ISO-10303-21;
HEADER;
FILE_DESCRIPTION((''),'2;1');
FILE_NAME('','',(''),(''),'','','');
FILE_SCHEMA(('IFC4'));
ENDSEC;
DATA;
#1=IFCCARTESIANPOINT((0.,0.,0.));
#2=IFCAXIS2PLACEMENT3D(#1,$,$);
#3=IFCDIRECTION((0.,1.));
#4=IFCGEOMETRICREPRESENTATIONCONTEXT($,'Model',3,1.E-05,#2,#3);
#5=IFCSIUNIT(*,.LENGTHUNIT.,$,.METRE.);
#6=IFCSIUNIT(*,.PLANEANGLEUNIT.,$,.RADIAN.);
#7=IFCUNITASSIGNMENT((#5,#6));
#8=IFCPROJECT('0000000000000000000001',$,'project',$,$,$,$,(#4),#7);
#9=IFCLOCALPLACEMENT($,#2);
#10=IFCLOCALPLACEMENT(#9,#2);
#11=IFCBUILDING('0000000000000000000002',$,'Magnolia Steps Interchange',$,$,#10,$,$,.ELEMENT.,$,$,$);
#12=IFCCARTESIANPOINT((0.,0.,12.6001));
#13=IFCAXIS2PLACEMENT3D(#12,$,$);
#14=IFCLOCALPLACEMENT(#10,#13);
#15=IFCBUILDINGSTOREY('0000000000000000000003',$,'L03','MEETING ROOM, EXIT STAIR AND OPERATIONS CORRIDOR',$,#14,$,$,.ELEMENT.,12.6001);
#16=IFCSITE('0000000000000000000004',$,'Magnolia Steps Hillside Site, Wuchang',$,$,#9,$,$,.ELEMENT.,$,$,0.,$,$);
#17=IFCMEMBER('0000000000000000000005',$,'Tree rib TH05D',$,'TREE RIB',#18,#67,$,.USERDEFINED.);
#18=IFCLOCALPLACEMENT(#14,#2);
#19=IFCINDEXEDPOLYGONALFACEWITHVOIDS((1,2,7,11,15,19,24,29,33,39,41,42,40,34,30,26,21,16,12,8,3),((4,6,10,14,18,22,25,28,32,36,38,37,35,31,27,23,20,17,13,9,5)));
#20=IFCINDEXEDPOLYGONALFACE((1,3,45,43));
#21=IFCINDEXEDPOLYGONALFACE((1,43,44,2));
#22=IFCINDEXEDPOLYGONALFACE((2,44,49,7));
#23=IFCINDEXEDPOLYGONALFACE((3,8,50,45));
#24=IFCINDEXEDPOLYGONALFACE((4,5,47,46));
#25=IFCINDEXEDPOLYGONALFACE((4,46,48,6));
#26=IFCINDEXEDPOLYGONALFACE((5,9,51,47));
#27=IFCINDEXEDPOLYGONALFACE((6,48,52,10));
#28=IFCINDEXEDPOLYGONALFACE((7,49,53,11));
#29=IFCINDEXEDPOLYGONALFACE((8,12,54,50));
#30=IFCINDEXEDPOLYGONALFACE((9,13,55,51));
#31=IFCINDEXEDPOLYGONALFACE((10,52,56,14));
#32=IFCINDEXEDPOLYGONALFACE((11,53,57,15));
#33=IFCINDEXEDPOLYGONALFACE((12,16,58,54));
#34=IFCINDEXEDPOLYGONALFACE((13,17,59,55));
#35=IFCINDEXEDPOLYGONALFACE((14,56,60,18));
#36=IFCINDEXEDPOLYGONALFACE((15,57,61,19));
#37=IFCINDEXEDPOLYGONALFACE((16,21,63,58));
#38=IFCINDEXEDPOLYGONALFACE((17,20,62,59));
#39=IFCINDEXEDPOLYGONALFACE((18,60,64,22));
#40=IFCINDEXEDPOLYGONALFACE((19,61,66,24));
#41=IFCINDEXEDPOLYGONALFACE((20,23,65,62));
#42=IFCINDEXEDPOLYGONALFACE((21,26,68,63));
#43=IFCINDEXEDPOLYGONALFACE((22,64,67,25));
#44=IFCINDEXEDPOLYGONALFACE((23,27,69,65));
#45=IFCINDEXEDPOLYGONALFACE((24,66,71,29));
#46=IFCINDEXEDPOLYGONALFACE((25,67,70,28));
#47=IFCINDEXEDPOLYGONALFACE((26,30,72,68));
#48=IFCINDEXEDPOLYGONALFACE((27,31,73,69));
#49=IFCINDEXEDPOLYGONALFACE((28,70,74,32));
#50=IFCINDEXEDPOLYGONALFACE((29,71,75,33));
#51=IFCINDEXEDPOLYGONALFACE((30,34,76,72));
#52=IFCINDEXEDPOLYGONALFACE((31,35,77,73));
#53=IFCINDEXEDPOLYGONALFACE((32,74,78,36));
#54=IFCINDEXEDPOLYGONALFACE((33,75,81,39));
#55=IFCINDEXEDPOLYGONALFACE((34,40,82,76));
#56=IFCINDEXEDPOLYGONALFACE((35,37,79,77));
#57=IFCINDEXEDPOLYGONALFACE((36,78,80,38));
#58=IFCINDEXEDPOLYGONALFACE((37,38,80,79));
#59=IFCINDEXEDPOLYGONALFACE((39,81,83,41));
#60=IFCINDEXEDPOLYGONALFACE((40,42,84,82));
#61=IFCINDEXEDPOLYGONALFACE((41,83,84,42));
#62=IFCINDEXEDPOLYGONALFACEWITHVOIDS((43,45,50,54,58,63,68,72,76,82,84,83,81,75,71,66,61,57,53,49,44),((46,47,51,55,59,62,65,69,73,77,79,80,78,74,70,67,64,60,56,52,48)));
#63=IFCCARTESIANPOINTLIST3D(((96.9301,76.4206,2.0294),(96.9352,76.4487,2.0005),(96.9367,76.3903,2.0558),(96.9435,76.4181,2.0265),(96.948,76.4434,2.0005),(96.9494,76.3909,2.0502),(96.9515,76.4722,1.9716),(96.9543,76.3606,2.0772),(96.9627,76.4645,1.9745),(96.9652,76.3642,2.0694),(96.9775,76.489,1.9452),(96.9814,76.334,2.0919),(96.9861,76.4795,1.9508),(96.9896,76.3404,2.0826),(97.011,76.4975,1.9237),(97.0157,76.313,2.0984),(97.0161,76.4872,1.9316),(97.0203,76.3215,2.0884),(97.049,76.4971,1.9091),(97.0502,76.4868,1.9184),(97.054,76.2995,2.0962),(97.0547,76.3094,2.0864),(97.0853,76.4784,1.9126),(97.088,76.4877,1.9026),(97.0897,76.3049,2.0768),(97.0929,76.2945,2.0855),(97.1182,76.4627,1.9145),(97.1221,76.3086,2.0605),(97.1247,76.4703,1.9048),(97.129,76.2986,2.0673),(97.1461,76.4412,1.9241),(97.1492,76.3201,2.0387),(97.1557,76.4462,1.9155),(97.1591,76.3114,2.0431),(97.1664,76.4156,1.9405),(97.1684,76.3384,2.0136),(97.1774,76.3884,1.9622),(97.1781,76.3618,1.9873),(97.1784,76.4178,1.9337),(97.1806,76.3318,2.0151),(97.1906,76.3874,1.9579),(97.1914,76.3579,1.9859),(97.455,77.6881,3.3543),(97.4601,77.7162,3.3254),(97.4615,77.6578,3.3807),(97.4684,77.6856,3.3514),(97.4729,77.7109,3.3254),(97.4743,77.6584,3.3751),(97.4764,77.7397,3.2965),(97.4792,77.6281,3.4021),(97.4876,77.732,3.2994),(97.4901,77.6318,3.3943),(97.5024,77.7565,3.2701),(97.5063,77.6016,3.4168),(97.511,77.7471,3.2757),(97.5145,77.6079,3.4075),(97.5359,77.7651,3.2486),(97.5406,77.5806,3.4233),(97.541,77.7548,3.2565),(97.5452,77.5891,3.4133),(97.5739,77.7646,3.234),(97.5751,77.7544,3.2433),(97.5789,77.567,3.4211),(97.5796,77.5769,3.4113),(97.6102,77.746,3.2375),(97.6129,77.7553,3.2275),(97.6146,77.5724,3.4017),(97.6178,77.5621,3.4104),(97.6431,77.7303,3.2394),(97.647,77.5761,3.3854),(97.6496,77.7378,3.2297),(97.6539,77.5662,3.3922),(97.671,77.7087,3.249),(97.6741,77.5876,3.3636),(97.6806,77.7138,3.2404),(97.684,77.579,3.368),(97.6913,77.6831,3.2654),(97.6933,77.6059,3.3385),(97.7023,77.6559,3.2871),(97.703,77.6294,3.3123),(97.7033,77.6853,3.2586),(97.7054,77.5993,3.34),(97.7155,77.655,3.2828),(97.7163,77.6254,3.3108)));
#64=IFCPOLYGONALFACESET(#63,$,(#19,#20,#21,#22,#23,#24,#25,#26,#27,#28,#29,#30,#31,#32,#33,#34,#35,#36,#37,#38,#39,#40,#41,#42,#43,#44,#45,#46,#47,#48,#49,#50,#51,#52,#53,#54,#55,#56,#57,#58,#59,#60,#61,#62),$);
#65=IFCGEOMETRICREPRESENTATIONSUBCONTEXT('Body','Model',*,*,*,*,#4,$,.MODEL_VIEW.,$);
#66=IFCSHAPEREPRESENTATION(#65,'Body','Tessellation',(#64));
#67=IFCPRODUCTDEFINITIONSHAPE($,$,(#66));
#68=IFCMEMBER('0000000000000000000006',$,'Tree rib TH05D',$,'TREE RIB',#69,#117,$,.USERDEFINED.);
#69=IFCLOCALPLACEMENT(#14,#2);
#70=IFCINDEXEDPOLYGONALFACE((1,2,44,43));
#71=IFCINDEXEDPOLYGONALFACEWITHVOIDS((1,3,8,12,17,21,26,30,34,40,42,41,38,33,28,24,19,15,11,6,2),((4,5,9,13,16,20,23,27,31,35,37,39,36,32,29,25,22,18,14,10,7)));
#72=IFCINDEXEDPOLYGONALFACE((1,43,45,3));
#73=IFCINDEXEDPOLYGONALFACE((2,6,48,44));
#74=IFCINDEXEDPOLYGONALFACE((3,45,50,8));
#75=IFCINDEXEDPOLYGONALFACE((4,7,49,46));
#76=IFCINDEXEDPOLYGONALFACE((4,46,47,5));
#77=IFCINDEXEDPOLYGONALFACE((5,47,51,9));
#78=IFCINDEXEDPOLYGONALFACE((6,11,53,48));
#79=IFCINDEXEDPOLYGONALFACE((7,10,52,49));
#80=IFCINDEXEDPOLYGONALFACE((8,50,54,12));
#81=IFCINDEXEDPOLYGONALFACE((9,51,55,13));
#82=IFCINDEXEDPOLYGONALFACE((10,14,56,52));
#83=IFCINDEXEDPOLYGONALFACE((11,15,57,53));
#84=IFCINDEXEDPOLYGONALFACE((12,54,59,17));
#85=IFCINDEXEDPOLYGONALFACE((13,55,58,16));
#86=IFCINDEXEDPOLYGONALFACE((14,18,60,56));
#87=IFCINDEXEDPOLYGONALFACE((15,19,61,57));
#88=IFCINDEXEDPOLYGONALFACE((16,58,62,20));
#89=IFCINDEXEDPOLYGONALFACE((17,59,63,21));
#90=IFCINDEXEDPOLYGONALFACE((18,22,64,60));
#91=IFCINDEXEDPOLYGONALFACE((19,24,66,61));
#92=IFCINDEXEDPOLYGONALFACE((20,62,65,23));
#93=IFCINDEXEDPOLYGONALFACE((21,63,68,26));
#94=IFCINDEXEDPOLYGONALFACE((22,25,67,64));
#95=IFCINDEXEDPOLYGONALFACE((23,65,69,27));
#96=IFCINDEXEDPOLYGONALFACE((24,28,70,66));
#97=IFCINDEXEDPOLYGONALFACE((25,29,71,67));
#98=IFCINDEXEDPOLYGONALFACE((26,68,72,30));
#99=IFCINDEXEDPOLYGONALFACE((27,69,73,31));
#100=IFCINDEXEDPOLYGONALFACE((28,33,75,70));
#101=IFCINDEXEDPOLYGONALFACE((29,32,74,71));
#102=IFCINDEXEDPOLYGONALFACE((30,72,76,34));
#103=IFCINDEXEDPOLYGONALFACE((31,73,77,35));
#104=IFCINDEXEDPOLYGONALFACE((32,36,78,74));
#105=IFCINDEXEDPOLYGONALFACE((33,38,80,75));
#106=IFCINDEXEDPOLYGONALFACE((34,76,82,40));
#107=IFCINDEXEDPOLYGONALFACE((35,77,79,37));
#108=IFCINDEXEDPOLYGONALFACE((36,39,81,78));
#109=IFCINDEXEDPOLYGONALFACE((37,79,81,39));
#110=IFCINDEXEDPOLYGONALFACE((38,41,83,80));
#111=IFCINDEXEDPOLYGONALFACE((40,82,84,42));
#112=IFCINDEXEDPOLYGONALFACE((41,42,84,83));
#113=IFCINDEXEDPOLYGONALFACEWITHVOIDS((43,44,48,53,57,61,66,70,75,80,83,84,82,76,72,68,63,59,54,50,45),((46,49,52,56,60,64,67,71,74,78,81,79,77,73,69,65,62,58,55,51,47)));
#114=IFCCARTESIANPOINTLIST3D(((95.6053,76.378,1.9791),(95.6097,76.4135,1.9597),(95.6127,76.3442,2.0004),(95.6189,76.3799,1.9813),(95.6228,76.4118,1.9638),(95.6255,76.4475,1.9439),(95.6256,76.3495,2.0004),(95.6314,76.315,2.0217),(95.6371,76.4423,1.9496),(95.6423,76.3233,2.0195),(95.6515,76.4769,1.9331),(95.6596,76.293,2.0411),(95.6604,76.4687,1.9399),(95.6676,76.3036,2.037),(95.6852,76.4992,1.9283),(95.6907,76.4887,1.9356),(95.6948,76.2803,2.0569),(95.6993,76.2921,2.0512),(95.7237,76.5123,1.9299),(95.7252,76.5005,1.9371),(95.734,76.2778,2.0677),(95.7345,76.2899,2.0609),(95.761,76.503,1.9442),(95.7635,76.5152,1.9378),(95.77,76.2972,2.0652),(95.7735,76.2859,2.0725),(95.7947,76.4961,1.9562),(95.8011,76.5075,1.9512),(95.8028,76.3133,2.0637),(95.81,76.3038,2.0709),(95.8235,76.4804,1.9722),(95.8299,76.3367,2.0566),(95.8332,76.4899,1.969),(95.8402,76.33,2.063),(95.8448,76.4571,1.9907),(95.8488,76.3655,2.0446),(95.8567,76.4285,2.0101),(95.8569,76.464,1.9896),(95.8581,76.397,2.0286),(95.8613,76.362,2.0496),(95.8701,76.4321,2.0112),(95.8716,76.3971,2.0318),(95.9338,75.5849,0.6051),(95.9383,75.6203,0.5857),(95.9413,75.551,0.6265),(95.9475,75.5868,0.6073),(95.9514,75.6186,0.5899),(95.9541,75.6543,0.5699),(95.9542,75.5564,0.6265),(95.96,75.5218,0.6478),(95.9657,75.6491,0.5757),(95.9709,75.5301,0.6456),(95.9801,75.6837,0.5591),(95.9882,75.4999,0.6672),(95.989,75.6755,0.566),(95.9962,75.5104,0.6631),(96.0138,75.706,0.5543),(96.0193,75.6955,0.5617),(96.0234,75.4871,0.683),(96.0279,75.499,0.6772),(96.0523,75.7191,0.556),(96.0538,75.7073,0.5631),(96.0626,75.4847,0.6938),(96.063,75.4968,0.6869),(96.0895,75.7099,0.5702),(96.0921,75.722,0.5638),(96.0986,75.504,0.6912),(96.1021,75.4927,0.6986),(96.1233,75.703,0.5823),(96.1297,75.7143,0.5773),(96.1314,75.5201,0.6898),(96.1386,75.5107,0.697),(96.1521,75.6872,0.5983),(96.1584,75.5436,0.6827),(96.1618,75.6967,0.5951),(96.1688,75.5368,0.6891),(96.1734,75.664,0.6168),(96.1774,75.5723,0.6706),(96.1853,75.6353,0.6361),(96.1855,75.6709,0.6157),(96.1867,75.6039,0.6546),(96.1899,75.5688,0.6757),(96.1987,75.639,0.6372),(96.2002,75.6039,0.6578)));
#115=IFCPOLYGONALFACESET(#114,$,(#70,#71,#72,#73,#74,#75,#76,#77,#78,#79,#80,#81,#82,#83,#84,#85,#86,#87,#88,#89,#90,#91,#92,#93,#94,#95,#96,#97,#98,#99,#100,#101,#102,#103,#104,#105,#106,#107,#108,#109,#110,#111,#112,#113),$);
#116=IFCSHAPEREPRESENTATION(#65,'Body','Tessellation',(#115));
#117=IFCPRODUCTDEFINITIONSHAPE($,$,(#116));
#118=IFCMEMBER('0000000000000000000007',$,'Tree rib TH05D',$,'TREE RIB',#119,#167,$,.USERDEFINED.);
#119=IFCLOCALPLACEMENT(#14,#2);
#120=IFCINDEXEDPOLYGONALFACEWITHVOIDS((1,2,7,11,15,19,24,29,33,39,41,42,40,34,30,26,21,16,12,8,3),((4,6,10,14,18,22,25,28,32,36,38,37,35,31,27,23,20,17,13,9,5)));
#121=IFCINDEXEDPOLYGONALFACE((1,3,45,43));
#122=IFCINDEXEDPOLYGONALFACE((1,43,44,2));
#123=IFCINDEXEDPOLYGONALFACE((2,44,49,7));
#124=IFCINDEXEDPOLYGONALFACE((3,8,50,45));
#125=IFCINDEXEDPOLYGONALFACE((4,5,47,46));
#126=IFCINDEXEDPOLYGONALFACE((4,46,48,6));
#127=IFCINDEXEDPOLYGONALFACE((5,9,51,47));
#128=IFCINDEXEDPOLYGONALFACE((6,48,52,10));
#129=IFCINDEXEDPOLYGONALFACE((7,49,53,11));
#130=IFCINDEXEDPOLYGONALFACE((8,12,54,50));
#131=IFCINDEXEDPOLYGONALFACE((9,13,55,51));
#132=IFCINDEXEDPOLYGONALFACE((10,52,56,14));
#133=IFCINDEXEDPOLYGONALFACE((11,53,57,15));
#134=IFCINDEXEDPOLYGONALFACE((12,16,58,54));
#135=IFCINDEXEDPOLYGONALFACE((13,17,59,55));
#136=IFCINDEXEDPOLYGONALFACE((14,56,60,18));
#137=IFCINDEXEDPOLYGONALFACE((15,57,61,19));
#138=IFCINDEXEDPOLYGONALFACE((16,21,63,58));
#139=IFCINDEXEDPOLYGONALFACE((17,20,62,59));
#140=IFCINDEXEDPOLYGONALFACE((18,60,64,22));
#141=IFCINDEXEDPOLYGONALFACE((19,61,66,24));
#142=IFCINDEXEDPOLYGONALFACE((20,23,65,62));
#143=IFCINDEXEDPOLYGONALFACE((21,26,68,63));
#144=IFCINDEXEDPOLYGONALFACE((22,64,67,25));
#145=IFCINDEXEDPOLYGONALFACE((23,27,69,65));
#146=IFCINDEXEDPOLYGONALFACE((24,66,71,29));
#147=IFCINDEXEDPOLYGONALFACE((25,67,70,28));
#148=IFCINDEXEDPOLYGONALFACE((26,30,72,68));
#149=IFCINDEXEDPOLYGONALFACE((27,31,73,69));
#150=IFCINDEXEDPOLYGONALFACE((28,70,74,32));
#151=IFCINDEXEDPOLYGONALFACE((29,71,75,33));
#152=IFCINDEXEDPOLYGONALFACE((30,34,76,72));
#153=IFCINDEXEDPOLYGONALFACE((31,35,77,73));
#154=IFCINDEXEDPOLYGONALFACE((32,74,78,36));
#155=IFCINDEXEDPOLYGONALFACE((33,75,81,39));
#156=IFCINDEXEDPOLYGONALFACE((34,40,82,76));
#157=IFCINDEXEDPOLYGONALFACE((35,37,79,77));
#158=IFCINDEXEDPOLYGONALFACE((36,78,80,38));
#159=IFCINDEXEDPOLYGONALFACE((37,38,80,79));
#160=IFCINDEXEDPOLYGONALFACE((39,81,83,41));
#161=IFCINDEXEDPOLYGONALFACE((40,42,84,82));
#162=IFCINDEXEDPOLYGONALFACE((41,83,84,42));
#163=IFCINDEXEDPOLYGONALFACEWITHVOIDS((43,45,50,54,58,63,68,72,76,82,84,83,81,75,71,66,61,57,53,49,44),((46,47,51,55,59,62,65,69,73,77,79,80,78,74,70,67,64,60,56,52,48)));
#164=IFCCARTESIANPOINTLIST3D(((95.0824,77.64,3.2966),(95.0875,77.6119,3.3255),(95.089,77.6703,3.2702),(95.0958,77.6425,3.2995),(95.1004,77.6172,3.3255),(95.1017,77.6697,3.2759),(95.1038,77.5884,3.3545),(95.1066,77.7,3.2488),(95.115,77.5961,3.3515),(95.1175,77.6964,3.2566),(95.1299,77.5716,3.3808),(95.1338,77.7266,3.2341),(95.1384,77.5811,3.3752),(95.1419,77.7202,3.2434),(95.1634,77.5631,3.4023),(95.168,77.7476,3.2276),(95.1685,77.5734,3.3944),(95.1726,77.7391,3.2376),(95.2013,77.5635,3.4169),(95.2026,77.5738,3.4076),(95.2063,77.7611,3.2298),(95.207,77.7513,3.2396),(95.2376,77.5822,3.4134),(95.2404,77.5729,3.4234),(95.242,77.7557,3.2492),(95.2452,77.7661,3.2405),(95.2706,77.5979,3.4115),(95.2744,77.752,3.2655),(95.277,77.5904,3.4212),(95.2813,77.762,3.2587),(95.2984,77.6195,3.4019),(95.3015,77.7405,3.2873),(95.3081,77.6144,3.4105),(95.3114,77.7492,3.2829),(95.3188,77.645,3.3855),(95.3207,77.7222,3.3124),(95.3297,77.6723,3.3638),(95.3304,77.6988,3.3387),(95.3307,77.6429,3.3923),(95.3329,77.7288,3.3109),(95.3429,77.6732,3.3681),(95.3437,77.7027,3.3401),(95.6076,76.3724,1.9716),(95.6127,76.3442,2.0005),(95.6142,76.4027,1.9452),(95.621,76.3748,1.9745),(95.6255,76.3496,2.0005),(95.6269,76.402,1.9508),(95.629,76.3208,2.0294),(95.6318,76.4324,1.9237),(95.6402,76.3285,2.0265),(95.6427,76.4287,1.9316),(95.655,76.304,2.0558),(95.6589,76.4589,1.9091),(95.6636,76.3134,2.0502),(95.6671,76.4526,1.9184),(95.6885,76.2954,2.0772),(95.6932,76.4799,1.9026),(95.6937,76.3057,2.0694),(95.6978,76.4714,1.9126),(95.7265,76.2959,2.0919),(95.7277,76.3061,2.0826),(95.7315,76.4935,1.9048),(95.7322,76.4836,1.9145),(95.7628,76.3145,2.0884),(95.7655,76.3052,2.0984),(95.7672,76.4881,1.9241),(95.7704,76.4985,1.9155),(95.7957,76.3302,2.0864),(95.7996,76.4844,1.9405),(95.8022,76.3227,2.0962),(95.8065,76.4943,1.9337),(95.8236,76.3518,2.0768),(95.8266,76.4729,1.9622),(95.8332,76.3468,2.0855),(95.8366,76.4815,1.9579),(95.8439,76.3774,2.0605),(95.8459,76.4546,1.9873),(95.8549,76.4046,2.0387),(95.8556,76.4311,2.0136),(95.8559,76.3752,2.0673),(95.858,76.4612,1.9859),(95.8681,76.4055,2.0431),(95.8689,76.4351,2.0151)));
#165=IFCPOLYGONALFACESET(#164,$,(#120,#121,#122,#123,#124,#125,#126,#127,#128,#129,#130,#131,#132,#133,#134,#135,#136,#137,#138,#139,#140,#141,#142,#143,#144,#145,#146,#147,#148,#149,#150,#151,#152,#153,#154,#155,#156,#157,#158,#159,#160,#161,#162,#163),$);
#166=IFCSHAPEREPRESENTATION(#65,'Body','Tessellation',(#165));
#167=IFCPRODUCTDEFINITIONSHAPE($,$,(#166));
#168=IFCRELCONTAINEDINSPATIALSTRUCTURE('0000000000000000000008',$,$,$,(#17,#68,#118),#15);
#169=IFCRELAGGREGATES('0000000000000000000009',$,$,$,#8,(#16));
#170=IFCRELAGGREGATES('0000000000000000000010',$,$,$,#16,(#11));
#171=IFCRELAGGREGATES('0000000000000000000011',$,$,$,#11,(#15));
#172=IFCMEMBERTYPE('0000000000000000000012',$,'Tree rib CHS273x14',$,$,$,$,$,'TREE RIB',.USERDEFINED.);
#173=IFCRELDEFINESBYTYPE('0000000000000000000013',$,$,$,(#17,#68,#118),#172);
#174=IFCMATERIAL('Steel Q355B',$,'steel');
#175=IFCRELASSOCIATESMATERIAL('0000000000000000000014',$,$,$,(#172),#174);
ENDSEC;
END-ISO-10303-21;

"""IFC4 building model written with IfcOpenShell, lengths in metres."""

from ifc_helpers import new_model, si_unit, direction, frame, origin, origin_2d, place, context, subcontext, project, spatial, hollow_circle, extrude, material, material_profile, profile_set, type_object, element, save


model = new_model("IFC4")

# Units and contexts
model_context = context("Model", 3, precision=1e-05, world=origin(), true_north=direction((0.0, 1.0)))
body_context = subcontext(model_context, "Body", "Model", "MODEL_VIEW")
ifc_project = project(units=[si_unit("LENGTHUNIT", "METRE"), si_unit("PLANEANGLEUNIT", "RADIAN")], contexts=[model_context])

# Site, building, storey
site_placement = place(None, origin())
site = spatial("IfcSite", under=ifc_project, at=site_placement, Name="Magnolia Steps Hillside Site, Wuchang", CompositionType="ELEMENT", RefElevation=0.0)
building_placement = place(site_placement, origin())
building = spatial("IfcBuilding", under=site, at=building_placement, Name="Magnolia Steps Interchange", CompositionType="ELEMENT")
storey_placement = place(building_placement, frame((0.0, 0.0, 12.6001)))
storey = spatial("IfcBuildingStorey", under=building, at=storey_placement, Name="L03", Description="MEETING ROOM, EXIT STAIR AND OPERATIONS CORRIDOR", CompositionType="ELEMENT", Elevation=12.6001)

# Members
ifc_material_1 = material(Name="Steel Q355B", Category="steel")
ifc_material_profile_1 = material_profile(ifc_material_1, hollow_circle(Radius=0.1365, WallThickness=0.0139, at=origin_2d()), Name="CHS273x14")
ifc_profile_set_1 = profile_set([ifc_material_profile_1], Name="Steel Q355B")
member_type_1 = type_object("IfcMemberType", Name="Tree rib CHS273x14", ElementType="TREE RIB", PredefinedType="USERDEFINED", material=ifc_profile_set_1)
member_1_placement = place(storey_placement, frame((97.0613, 76.3965, 2.0005), z_axis=(0.275208, 0.664595, 0.694676), x_axis=(-0.923917, 0.382593, 0.0)))
element("IfcMember", 1, at=member_1_placement, inside=storey, type_object=member_type_1, Name="Tree rib TH05D", ObjectType="TREE RIB", PredefinedType="USERDEFINED", context=body_context, shape_type="SweptSolid", body=[
    extrude(hollow_circle(Radius=0.1365, WallThickness=0.0139, at=origin_2d()), origin(), (0.0, 0.0, 1.0), 1.9072),
])
member_2_placement = place(storey_placement, frame((96.0674, 75.6033, 0.6265), z_axis=(-0.20282, 0.489571, 0.848047), x_axis=(-0.923857, -0.382737, 0.0)))
element("IfcMember", 2, at=member_2_placement, inside=storey, type_object=member_type_1, Name="Tree rib TH05D", ObjectType="TREE RIB", PredefinedType="USERDEFINED", context=body_context, shape_type="SweptSolid", body=[
    extrude(hollow_circle(Radius=0.1365, WallThickness=0.0139, at=origin_2d()), origin(), (0.0, 0.0, 1.0), 1.6201),
])
member_3_placement = place(storey_placement, frame((95.7388, 76.3965, 2.0005), z_axis=(-0.275326, 0.664571, 0.694651), x_axis=(-0.923854, -0.382745, 0.0)))
element("IfcMember", 3, at=member_3_placement, inside=storey, type_object=member_type_1, Name="Tree rib TH05D", ObjectType="TREE RIB", PredefinedType="USERDEFINED", context=body_context, shape_type="SweptSolid", body=[
    extrude(hollow_circle(Radius=0.1365, WallThickness=0.0139, at=origin_2d()), origin(), (0.0, 0.0, 1.0), 1.9075),
])

save(model, "model.ifc")
